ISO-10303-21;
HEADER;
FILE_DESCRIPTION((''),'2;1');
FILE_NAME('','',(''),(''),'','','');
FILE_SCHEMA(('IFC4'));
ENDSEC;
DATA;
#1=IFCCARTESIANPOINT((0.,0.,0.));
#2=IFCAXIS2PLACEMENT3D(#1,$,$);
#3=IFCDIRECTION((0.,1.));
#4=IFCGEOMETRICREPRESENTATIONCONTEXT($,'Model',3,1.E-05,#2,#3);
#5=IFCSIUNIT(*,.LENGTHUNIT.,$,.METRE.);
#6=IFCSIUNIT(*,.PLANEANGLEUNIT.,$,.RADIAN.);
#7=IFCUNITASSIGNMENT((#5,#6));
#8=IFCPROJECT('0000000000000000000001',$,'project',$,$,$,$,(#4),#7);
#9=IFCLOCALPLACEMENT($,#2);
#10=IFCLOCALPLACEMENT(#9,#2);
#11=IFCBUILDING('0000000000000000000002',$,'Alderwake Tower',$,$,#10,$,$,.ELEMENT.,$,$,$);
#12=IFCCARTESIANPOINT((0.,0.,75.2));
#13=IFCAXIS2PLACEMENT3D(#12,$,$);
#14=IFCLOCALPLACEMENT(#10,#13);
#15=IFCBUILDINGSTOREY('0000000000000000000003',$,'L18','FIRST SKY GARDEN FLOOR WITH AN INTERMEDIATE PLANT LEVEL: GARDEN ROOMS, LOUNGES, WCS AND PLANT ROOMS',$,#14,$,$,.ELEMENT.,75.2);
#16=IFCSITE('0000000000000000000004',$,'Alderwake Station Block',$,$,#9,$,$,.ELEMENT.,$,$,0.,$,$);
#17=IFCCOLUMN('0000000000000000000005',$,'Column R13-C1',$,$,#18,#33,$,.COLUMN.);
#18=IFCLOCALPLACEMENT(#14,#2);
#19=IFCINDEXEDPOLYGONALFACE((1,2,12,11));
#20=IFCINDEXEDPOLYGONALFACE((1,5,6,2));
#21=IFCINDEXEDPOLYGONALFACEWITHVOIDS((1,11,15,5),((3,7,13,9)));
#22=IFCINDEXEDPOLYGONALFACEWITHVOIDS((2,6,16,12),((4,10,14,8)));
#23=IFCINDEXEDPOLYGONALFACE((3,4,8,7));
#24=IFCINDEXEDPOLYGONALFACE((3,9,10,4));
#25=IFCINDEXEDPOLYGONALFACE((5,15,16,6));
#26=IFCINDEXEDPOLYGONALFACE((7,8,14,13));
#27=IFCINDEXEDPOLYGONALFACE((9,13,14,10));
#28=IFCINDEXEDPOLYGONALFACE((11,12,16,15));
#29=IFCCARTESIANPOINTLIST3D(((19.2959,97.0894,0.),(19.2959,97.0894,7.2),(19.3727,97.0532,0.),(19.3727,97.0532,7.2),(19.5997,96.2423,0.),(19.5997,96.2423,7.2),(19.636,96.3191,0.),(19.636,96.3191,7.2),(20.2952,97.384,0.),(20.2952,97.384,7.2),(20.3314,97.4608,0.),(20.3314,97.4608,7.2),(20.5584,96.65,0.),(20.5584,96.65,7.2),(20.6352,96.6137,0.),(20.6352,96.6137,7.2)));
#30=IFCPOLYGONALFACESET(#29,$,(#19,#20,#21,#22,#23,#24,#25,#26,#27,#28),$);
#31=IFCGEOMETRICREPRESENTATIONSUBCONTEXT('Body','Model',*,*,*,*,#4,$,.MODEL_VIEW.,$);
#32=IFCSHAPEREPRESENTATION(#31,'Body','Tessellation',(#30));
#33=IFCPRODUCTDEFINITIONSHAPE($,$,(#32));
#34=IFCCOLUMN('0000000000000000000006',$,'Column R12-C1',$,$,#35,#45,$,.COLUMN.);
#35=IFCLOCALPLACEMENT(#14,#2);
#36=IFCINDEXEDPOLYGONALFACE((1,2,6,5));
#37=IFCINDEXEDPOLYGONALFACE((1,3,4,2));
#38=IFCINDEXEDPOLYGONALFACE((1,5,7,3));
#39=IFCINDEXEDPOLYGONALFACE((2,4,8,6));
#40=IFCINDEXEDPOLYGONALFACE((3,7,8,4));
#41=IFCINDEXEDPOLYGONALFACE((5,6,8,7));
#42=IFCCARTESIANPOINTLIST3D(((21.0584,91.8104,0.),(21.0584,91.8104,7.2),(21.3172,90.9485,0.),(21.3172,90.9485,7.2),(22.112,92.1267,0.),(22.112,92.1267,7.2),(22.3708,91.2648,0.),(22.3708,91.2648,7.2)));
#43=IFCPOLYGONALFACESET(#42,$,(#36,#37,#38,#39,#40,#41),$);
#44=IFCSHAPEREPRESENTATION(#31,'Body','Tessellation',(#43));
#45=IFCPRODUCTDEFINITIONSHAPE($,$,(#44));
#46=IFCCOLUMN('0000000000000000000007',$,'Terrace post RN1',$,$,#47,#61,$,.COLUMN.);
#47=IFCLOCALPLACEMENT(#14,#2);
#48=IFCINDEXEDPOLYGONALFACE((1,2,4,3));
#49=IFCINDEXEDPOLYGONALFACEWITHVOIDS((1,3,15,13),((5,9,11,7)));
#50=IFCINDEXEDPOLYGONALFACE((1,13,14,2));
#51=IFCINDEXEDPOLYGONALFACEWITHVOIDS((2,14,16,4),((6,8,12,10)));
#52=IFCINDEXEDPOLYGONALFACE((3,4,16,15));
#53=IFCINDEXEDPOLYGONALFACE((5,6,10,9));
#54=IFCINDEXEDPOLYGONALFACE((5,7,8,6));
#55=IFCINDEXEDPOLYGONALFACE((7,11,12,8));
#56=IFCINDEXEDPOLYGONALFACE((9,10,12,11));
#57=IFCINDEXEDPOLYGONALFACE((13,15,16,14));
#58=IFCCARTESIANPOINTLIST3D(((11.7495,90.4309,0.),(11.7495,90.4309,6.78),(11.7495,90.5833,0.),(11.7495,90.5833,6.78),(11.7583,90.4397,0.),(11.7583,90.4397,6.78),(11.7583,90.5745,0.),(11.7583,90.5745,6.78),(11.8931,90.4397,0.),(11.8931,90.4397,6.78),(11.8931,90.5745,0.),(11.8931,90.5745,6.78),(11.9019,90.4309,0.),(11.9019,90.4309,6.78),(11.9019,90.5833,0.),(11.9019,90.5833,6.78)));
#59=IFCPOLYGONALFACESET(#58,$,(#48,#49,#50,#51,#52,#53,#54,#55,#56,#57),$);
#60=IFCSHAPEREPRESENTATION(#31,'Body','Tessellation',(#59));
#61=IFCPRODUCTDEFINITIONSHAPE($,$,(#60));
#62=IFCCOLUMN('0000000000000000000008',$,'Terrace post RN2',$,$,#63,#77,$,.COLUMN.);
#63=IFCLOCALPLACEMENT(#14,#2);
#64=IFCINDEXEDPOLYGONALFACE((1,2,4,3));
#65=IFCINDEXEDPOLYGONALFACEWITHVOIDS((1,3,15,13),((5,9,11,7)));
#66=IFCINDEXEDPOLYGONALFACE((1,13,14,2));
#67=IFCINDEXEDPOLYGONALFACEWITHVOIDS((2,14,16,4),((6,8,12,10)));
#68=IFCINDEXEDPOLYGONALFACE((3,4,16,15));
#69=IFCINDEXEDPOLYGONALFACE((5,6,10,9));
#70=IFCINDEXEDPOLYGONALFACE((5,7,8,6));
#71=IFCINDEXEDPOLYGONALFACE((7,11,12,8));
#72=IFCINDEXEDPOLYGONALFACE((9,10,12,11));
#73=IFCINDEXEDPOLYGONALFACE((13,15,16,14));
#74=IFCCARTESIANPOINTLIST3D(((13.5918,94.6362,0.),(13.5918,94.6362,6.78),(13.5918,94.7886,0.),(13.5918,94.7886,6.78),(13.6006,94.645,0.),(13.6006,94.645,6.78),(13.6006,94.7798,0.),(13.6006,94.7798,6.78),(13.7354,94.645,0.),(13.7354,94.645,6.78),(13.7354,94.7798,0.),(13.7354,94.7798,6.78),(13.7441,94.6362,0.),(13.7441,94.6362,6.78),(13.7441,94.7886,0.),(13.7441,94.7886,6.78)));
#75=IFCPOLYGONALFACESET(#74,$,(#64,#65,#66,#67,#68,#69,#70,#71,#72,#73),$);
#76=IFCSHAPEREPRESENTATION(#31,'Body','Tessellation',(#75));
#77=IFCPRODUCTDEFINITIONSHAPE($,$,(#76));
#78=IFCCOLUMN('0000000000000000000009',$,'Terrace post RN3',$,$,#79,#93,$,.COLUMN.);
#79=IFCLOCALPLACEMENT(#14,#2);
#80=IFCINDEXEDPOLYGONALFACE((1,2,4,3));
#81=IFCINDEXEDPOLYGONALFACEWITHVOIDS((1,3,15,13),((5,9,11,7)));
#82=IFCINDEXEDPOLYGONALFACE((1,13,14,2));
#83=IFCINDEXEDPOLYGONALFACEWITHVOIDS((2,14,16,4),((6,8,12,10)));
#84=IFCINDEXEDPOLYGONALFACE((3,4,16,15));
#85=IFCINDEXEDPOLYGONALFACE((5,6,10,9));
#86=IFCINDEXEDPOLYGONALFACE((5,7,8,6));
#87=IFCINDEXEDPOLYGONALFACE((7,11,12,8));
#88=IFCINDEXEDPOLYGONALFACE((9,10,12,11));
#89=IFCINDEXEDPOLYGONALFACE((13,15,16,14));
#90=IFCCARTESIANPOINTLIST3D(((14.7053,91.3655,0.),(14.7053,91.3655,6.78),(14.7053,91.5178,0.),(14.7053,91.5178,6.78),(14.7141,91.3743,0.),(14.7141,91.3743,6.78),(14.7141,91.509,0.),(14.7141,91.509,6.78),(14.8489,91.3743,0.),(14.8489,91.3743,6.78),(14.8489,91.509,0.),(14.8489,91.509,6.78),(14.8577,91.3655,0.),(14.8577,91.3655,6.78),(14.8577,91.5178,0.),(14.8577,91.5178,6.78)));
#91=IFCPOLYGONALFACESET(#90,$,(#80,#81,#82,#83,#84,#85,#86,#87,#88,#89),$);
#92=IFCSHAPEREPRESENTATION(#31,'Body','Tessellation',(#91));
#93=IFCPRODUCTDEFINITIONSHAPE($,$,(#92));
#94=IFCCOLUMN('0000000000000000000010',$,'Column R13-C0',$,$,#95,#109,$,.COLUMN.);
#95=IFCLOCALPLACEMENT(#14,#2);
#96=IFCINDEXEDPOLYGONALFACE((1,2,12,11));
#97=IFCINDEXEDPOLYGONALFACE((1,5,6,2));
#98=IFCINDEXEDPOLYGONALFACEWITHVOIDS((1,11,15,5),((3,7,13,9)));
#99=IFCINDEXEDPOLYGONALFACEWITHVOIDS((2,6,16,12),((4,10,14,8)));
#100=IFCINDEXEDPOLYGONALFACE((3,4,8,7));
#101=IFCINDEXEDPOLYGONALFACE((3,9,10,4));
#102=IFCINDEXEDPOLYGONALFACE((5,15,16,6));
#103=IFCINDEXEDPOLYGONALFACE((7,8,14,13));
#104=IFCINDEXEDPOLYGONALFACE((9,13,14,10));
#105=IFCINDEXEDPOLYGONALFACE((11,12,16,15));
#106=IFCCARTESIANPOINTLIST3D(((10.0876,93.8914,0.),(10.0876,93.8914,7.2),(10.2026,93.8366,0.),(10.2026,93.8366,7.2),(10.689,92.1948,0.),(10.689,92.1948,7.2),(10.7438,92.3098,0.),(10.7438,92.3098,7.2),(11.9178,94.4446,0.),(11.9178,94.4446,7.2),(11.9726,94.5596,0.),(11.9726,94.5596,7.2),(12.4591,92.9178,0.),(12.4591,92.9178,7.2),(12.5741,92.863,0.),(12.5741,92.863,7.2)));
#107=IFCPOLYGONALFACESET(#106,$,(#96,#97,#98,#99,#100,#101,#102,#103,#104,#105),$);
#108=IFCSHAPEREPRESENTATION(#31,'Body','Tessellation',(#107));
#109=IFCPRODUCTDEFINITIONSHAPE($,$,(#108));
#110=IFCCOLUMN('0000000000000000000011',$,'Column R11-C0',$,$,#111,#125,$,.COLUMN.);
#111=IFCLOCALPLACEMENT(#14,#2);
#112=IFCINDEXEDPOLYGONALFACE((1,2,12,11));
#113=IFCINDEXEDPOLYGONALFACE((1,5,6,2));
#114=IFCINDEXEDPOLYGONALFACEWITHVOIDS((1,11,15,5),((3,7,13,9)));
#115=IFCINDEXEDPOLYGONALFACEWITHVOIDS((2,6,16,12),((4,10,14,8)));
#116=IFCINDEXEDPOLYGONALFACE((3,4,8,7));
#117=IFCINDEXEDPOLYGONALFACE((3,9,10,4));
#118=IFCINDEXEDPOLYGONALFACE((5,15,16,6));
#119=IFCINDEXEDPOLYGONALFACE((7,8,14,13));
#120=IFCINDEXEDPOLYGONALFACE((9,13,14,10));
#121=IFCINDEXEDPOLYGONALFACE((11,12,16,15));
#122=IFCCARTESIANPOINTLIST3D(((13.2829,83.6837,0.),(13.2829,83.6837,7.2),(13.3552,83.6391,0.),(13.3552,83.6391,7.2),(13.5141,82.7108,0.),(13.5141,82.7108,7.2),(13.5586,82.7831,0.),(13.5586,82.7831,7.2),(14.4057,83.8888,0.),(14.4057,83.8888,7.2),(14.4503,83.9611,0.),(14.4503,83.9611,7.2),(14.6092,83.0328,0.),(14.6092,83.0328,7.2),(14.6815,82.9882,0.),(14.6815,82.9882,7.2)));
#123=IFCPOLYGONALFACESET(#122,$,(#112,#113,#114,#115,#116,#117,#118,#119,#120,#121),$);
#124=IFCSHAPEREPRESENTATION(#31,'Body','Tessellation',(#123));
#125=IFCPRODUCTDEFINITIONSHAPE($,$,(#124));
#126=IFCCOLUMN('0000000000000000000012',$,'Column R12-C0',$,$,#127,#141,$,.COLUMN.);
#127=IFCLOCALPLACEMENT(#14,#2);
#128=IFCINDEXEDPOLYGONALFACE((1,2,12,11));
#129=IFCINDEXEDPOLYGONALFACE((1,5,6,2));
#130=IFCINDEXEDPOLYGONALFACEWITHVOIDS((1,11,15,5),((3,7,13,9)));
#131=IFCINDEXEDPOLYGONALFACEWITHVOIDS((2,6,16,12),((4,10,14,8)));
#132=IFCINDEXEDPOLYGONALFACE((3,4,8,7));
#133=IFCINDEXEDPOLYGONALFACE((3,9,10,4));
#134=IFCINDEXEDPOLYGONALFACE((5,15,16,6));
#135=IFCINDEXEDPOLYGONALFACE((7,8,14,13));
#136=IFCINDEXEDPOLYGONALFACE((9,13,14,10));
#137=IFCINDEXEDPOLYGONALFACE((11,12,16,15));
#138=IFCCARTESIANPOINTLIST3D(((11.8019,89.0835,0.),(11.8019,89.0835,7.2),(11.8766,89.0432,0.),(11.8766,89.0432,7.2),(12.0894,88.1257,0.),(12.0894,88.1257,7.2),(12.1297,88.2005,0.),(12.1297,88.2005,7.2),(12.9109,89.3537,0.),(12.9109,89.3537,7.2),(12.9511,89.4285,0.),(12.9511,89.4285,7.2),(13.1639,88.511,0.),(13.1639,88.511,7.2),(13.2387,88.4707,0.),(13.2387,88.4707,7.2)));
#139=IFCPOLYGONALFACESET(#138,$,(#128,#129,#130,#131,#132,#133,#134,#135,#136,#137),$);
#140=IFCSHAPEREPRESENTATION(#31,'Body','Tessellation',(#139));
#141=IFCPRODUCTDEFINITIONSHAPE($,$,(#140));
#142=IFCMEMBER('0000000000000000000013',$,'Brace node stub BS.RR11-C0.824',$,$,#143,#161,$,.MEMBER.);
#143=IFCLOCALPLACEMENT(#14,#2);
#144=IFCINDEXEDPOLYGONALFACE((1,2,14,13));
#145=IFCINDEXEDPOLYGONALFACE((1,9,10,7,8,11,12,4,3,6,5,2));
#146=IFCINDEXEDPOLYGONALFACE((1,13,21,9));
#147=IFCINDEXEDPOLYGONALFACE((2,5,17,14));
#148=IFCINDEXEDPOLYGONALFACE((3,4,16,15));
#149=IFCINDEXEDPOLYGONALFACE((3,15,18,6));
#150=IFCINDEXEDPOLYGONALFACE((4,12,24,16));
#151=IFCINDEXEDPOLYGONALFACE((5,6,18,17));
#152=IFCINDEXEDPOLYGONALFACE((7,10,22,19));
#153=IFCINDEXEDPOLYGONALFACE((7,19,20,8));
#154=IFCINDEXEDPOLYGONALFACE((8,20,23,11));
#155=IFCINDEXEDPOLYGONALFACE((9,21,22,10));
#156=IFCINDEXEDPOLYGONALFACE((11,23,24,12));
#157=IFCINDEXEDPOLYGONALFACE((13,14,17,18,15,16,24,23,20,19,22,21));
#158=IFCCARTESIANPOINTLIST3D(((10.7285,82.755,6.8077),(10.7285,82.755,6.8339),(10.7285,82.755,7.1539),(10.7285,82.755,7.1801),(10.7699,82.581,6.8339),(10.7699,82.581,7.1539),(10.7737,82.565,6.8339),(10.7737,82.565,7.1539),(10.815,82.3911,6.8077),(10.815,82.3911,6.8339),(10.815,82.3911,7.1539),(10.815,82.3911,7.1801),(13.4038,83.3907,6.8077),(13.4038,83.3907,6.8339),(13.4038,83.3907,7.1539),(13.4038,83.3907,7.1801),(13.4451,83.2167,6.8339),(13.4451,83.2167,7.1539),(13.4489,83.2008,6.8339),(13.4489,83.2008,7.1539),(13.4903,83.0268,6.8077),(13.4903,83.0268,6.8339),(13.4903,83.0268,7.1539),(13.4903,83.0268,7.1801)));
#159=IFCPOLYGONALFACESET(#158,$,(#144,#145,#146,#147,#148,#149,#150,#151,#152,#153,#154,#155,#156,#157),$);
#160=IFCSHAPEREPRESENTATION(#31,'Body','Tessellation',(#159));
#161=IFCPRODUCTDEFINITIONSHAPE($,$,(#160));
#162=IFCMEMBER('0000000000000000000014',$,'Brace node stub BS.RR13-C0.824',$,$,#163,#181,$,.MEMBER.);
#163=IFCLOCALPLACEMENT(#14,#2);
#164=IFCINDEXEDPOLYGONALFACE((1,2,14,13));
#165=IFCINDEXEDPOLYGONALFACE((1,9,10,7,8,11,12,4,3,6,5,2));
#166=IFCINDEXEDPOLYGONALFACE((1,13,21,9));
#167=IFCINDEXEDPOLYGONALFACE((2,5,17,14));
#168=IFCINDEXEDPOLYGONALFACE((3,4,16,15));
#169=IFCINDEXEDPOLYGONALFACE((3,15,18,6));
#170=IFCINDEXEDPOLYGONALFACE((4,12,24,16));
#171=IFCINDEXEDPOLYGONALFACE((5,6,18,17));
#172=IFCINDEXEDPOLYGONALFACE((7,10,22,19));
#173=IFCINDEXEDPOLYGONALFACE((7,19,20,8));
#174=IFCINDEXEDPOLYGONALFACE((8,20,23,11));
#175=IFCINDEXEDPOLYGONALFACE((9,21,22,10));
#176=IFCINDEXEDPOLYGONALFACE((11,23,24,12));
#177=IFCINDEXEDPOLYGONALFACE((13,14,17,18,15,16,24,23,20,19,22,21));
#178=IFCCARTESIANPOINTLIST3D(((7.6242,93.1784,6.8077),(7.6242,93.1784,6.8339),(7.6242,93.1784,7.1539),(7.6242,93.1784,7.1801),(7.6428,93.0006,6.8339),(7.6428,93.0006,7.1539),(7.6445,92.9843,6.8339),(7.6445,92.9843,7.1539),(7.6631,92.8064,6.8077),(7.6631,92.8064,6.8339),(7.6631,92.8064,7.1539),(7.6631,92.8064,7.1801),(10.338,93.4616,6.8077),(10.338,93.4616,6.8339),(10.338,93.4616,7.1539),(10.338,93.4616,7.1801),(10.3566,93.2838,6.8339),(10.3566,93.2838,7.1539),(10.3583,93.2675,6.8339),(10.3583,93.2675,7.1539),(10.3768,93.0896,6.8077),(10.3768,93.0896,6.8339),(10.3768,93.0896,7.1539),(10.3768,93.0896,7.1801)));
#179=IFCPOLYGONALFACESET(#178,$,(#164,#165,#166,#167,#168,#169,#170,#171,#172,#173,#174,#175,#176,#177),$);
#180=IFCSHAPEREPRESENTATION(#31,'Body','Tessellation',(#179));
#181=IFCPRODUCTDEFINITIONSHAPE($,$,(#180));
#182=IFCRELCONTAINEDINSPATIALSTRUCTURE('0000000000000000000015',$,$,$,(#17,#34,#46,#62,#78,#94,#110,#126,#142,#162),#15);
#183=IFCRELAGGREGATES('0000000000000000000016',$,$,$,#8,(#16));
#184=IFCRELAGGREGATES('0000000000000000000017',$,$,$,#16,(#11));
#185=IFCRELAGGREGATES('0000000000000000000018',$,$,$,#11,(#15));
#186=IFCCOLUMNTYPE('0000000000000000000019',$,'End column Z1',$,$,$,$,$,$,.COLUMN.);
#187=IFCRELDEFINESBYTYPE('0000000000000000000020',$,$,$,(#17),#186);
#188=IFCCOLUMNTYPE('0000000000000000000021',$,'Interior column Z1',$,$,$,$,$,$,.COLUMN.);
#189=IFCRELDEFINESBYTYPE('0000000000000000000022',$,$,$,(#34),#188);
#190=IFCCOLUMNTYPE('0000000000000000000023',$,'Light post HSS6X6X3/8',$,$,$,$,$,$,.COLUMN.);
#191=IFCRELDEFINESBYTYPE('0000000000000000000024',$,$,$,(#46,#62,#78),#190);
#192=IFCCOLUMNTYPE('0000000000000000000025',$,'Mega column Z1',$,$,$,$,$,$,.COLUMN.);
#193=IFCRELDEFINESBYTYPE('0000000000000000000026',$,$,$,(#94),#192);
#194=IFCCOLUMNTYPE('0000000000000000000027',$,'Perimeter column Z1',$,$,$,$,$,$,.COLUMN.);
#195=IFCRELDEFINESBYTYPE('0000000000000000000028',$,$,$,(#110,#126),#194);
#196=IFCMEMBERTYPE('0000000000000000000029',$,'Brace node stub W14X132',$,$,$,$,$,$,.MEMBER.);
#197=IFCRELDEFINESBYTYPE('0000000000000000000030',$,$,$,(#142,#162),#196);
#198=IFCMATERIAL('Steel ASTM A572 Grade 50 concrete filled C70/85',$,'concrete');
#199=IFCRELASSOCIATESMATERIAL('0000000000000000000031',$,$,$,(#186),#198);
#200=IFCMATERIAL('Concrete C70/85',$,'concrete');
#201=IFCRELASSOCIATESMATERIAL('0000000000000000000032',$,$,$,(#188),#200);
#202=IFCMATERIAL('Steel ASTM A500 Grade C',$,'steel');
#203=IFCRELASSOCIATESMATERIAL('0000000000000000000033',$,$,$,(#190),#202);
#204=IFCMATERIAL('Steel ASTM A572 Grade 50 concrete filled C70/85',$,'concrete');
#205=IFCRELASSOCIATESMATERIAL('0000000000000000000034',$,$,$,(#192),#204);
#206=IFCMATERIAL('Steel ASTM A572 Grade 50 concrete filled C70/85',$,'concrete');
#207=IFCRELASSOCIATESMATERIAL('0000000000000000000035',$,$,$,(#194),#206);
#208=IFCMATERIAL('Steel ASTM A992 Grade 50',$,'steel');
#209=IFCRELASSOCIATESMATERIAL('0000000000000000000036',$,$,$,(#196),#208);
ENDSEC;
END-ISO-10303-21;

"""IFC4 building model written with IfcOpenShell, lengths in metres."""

from ifc_helpers import new_model, si_unit, direction, frame, origin, origin_2d, place, context, subcontext, project, spatial, rectangle, hollow_rectangle, i_section, extrude, material, material_profile, profile_set, type_object, element, save


model = new_model("IFC4")

# Units and contexts
model_context = context("Model", 3, precision=1e-05, world=origin(), true_north=direction((0.0, 1.0)))
body_context = subcontext(model_context, "Body", "Model", "MODEL_VIEW")
ifc_project = project(units=[si_unit("LENGTHUNIT", "METRE"), si_unit("PLANEANGLEUNIT", "RADIAN")], contexts=[model_context])

# Site, building, storey
site_placement = place(None, origin())
site = spatial("IfcSite", under=ifc_project, at=site_placement, Name="Alderwake Station Block", CompositionType="ELEMENT", RefElevation=0.0)
building_placement = place(site_placement, origin())
building = spatial("IfcBuilding", under=site, at=building_placement, Name="Alderwake Tower", CompositionType="ELEMENT")
storey_placement = place(building_placement, frame((0.0, 0.0, 75.2)))
storey = spatial("IfcBuildingStorey", under=building, at=storey_placement, Name="L18", Description="FIRST SKY GARDEN FLOOR WITH AN INTERMEDIATE PLANT LEVEL: GARDEN ROOMS, LOUNGES, WCS AND PLANT ROOMS", CompositionType="ELEMENT", Elevation=75.2)

# Columns
ifc_material_1 = material(Name="Steel ASTM A572 Grade 50 concrete filled C70/85", Category="concrete")
ifc_material_profile_1 = material_profile(ifc_material_1, hollow_rectangle(XDim=0.8999, YDim=1.1001, WallThickness=0.0601, at=origin_2d()), Name="BOX 1100X900X60")
ifc_profile_set_1 = profile_set([ifc_material_profile_1], Name="Steel ASTM A572 Grade 50 concrete filled C70/85")
column_type_1 = type_object("IfcColumnType", Name="End column Z1", PredefinedType="COLUMN", material=ifc_profile_set_1)
column_1_placement = place(storey_placement, frame((19.9656, 96.8516, 0.0), z_axis=(0.0, 0.0, 1.0), x_axis=(-0.337585, 0.941295, 0.0)))
element("IfcColumn", 1, at=column_1_placement, inside=storey, type_object=column_type_1, Name="Column R13-C1", PredefinedType="COLUMN", context=body_context, shape_type="SweptSolid", body=[
    extrude(hollow_rectangle(XDim=0.8999, YDim=1.1001, WallThickness=0.0601, at=origin_2d()), origin(), (0.0, 0.0, 1.0), 7.2),
])
ifc_material_2 = material(Name="Concrete C70/85", Category="concrete")
ifc_material_profile_2 = material_profile(ifc_material_2, rectangle(XDim=0.8999, YDim=1.1001, at=origin_2d()), Name="RC 1100X900")
ifc_profile_set_2 = profile_set([ifc_material_profile_2], Name="Concrete C70/85")
column_type_2 = type_object("IfcColumnType", Name="Interior column Z1", PredefinedType="COLUMN", material=ifc_profile_set_2)
column_2_placement = place(storey_placement, frame((21.7146, 91.5376, 0.0), z_axis=(0.0, 0.0, 1.0), x_axis=(-0.287549, 0.957766, 0.0)))
element("IfcColumn", 2, at=column_2_placement, inside=storey, type_object=column_type_2, Name="Column R12-C1", PredefinedType="COLUMN", context=body_context, shape_type="SweptSolid", body=[
    extrude(rectangle(XDim=0.8999, YDim=1.1001, at=origin_2d()), origin(), (0.0, 0.0, 1.0), 7.2),
])
ifc_material_3 = material(Name="Steel ASTM A500 Grade C", Category="steel")
ifc_material_profile_3 = material_profile(ifc_material_3, hollow_rectangle(XDim=0.1523, YDim=0.1523, WallThickness=0.0088, at=origin_2d()), Name="HSS6X6X3/8")
ifc_profile_set_3 = profile_set([ifc_material_profile_3], Name="Steel ASTM A500 Grade C")
column_type_3 = type_object("IfcColumnType", Name="Light post HSS6X6X3/8", PredefinedType="COLUMN", material=ifc_profile_set_3)
for number, where, z_axis, x_axis, name in (
    (3, (11.8257, 90.5071, 0.0), (0.0, 0.0, 1.0), (1.0, 0.0, 0.0), "Terrace post RN1"),
    (4, (13.668, 94.7124, 0.0), (0.0, 0.0, 1.0), (1.0, 0.0, 0.0), "Terrace post RN2"),
    (5, (14.7815, 91.4417, 0.0), (0.0, 0.0, 1.0), (1.0, 0.0, 0.0), "Terrace post RN3"),
):
    element("IfcColumn", number, at=place(storey_placement, frame(where, z_axis=z_axis, x_axis=x_axis)), inside=storey, type_object=column_type_3, Name=name, PredefinedType="COLUMN", context=body_context, shape_type="SweptSolid", body=[
        extrude(hollow_rectangle(XDim=0.1523, YDim=0.1523, WallThickness=0.0088, at=origin_2d()), origin(), (0.0, 0.0, 1.0), 6.78),
    ])
ifc_material_4 = material(Name="Steel ASTM A572 Grade 50 concrete filled C70/85", Category="concrete")
ifc_material_profile_4 = material_profile(ifc_material_4, hollow_rectangle(XDim=1.8, YDim=2.0, WallThickness=0.0901, at=origin_2d()), Name="BOX 2000X1800X90")
ifc_profile_set_4 = profile_set([ifc_material_profile_4], Name="Steel ASTM A572 Grade 50 concrete filled C70/85")
column_type_4 = type_object("IfcColumnType", Name="Mega column Z1", PredefinedType="COLUMN", material=ifc_profile_set_4)
column_3_placement = place(storey_placement, frame((11.3308, 93.3772, 0.0), z_axis=(0.0, 0.0, 1.0), x_axis=(-0.334131, 0.942527, 0.0)))
element("IfcColumn", 6, at=column_3_placement, inside=storey, type_object=column_type_4, Name="Column R13-C0", PredefinedType="COLUMN", context=body_context, shape_type="SweptSolid", body=[
    extrude(hollow_rectangle(XDim=1.8, YDim=2.0, WallThickness=0.0901, at=origin_2d()), origin(), (0.0, 0.0, 1.0), 7.2),
])
ifc_material_5 = material(Name="Steel ASTM A572 Grade 50 concrete filled C70/85", Category="concrete")
ifc_material_profile_5 = material_profile(ifc_material_5, hollow_rectangle(XDim=1.0, YDim=1.2, WallThickness=0.0601, at=origin_2d()), Name="BOX 1200X1000X60")
ifc_profile_set_5 = profile_set([ifc_material_profile_5], Name="Steel ASTM A572 Grade 50 concrete filled C70/85")
column_type_5 = type_object("IfcColumnType", Name="Perimeter column Z1", PredefinedType="COLUMN", material=ifc_profile_set_5)
for number, where, z_axis, x_axis, name in (
    (7, (13.9822, 83.3359, 0.0), (0.0, 0.0, 1.0), (-0.231222, 0.972901, 0.0), "Column R11-C0"),
    (8, (12.5203, 88.7771, 0.0), (0.0, 0.0, 1.0), (-0.287549, 0.957766, 0.0), "Column R12-C0"),
):
    element("IfcColumn", number, at=place(storey_placement, frame(where, z_axis=z_axis, x_axis=x_axis)), inside=storey, type_object=column_type_5, Name=name, PredefinedType="COLUMN", context=body_context, shape_type="SweptSolid", body=[
        extrude(hollow_rectangle(XDim=1.0, YDim=1.2, WallThickness=0.0601, at=origin_2d()), origin(), (0.0, 0.0, 1.0), 7.2),
    ])

# Members
ifc_material_6 = material(Name="Steel ASTM A992 Grade 50", Category="steel")
ifc_material_profile_6 = material_profile(ifc_material_6, i_section(OverallWidth=0.374, OverallDepth=0.3723, WebThickness=0.0164, FlangeThickness=0.0261, at=origin_2d()), Name="W14X132")
ifc_profile_set_6 = profile_set([ifc_material_profile_6], Name="Steel ASTM A992 Grade 50")
member_type_1 = type_object("IfcMemberType", Name="Brace node stub W14X132", PredefinedType="MEMBER", material=ifc_profile_set_6)
member_1_placement = place(storey_placement, frame((13.447, 83.2087, 6.9939), z_axis=(-0.972907, -0.231196, 0.0), x_axis=(0.231196, -0.972907, 0.0)))
element("IfcMember", 9, at=member_1_placement, inside=storey, type_object=member_type_1, Name="Brace node stub BS.RR11-C0.824", PredefinedType="MEMBER", context=body_context, shape_type="SweptSolid", body=[
    extrude(i_section(OverallWidth=0.374, OverallDepth=0.3723, WebThickness=0.0164, FlangeThickness=0.0261, at=origin_2d()), origin(), (0.0, 0.0, 1.0), 2.7498),
])
member_2_placement = place(storey_placement, frame((10.3574, 93.2756, 6.9939), z_axis=(-0.994599, -0.10379, 0.0), x_axis=(0.10379, -0.994599, 0.0)))
element("IfcMember", 10, at=member_2_placement, inside=storey, type_object=member_type_1, Name="Brace node stub BS.RR13-C0.824", PredefinedType="MEMBER", context=body_context, shape_type="SweptSolid", body=[
    extrude(i_section(OverallWidth=0.374, OverallDepth=0.3723, WebThickness=0.0164, FlangeThickness=0.0261, at=origin_2d()), origin(), (0.0, 0.0, 1.0), 2.7285),
])

save(model, "model.ifc")
